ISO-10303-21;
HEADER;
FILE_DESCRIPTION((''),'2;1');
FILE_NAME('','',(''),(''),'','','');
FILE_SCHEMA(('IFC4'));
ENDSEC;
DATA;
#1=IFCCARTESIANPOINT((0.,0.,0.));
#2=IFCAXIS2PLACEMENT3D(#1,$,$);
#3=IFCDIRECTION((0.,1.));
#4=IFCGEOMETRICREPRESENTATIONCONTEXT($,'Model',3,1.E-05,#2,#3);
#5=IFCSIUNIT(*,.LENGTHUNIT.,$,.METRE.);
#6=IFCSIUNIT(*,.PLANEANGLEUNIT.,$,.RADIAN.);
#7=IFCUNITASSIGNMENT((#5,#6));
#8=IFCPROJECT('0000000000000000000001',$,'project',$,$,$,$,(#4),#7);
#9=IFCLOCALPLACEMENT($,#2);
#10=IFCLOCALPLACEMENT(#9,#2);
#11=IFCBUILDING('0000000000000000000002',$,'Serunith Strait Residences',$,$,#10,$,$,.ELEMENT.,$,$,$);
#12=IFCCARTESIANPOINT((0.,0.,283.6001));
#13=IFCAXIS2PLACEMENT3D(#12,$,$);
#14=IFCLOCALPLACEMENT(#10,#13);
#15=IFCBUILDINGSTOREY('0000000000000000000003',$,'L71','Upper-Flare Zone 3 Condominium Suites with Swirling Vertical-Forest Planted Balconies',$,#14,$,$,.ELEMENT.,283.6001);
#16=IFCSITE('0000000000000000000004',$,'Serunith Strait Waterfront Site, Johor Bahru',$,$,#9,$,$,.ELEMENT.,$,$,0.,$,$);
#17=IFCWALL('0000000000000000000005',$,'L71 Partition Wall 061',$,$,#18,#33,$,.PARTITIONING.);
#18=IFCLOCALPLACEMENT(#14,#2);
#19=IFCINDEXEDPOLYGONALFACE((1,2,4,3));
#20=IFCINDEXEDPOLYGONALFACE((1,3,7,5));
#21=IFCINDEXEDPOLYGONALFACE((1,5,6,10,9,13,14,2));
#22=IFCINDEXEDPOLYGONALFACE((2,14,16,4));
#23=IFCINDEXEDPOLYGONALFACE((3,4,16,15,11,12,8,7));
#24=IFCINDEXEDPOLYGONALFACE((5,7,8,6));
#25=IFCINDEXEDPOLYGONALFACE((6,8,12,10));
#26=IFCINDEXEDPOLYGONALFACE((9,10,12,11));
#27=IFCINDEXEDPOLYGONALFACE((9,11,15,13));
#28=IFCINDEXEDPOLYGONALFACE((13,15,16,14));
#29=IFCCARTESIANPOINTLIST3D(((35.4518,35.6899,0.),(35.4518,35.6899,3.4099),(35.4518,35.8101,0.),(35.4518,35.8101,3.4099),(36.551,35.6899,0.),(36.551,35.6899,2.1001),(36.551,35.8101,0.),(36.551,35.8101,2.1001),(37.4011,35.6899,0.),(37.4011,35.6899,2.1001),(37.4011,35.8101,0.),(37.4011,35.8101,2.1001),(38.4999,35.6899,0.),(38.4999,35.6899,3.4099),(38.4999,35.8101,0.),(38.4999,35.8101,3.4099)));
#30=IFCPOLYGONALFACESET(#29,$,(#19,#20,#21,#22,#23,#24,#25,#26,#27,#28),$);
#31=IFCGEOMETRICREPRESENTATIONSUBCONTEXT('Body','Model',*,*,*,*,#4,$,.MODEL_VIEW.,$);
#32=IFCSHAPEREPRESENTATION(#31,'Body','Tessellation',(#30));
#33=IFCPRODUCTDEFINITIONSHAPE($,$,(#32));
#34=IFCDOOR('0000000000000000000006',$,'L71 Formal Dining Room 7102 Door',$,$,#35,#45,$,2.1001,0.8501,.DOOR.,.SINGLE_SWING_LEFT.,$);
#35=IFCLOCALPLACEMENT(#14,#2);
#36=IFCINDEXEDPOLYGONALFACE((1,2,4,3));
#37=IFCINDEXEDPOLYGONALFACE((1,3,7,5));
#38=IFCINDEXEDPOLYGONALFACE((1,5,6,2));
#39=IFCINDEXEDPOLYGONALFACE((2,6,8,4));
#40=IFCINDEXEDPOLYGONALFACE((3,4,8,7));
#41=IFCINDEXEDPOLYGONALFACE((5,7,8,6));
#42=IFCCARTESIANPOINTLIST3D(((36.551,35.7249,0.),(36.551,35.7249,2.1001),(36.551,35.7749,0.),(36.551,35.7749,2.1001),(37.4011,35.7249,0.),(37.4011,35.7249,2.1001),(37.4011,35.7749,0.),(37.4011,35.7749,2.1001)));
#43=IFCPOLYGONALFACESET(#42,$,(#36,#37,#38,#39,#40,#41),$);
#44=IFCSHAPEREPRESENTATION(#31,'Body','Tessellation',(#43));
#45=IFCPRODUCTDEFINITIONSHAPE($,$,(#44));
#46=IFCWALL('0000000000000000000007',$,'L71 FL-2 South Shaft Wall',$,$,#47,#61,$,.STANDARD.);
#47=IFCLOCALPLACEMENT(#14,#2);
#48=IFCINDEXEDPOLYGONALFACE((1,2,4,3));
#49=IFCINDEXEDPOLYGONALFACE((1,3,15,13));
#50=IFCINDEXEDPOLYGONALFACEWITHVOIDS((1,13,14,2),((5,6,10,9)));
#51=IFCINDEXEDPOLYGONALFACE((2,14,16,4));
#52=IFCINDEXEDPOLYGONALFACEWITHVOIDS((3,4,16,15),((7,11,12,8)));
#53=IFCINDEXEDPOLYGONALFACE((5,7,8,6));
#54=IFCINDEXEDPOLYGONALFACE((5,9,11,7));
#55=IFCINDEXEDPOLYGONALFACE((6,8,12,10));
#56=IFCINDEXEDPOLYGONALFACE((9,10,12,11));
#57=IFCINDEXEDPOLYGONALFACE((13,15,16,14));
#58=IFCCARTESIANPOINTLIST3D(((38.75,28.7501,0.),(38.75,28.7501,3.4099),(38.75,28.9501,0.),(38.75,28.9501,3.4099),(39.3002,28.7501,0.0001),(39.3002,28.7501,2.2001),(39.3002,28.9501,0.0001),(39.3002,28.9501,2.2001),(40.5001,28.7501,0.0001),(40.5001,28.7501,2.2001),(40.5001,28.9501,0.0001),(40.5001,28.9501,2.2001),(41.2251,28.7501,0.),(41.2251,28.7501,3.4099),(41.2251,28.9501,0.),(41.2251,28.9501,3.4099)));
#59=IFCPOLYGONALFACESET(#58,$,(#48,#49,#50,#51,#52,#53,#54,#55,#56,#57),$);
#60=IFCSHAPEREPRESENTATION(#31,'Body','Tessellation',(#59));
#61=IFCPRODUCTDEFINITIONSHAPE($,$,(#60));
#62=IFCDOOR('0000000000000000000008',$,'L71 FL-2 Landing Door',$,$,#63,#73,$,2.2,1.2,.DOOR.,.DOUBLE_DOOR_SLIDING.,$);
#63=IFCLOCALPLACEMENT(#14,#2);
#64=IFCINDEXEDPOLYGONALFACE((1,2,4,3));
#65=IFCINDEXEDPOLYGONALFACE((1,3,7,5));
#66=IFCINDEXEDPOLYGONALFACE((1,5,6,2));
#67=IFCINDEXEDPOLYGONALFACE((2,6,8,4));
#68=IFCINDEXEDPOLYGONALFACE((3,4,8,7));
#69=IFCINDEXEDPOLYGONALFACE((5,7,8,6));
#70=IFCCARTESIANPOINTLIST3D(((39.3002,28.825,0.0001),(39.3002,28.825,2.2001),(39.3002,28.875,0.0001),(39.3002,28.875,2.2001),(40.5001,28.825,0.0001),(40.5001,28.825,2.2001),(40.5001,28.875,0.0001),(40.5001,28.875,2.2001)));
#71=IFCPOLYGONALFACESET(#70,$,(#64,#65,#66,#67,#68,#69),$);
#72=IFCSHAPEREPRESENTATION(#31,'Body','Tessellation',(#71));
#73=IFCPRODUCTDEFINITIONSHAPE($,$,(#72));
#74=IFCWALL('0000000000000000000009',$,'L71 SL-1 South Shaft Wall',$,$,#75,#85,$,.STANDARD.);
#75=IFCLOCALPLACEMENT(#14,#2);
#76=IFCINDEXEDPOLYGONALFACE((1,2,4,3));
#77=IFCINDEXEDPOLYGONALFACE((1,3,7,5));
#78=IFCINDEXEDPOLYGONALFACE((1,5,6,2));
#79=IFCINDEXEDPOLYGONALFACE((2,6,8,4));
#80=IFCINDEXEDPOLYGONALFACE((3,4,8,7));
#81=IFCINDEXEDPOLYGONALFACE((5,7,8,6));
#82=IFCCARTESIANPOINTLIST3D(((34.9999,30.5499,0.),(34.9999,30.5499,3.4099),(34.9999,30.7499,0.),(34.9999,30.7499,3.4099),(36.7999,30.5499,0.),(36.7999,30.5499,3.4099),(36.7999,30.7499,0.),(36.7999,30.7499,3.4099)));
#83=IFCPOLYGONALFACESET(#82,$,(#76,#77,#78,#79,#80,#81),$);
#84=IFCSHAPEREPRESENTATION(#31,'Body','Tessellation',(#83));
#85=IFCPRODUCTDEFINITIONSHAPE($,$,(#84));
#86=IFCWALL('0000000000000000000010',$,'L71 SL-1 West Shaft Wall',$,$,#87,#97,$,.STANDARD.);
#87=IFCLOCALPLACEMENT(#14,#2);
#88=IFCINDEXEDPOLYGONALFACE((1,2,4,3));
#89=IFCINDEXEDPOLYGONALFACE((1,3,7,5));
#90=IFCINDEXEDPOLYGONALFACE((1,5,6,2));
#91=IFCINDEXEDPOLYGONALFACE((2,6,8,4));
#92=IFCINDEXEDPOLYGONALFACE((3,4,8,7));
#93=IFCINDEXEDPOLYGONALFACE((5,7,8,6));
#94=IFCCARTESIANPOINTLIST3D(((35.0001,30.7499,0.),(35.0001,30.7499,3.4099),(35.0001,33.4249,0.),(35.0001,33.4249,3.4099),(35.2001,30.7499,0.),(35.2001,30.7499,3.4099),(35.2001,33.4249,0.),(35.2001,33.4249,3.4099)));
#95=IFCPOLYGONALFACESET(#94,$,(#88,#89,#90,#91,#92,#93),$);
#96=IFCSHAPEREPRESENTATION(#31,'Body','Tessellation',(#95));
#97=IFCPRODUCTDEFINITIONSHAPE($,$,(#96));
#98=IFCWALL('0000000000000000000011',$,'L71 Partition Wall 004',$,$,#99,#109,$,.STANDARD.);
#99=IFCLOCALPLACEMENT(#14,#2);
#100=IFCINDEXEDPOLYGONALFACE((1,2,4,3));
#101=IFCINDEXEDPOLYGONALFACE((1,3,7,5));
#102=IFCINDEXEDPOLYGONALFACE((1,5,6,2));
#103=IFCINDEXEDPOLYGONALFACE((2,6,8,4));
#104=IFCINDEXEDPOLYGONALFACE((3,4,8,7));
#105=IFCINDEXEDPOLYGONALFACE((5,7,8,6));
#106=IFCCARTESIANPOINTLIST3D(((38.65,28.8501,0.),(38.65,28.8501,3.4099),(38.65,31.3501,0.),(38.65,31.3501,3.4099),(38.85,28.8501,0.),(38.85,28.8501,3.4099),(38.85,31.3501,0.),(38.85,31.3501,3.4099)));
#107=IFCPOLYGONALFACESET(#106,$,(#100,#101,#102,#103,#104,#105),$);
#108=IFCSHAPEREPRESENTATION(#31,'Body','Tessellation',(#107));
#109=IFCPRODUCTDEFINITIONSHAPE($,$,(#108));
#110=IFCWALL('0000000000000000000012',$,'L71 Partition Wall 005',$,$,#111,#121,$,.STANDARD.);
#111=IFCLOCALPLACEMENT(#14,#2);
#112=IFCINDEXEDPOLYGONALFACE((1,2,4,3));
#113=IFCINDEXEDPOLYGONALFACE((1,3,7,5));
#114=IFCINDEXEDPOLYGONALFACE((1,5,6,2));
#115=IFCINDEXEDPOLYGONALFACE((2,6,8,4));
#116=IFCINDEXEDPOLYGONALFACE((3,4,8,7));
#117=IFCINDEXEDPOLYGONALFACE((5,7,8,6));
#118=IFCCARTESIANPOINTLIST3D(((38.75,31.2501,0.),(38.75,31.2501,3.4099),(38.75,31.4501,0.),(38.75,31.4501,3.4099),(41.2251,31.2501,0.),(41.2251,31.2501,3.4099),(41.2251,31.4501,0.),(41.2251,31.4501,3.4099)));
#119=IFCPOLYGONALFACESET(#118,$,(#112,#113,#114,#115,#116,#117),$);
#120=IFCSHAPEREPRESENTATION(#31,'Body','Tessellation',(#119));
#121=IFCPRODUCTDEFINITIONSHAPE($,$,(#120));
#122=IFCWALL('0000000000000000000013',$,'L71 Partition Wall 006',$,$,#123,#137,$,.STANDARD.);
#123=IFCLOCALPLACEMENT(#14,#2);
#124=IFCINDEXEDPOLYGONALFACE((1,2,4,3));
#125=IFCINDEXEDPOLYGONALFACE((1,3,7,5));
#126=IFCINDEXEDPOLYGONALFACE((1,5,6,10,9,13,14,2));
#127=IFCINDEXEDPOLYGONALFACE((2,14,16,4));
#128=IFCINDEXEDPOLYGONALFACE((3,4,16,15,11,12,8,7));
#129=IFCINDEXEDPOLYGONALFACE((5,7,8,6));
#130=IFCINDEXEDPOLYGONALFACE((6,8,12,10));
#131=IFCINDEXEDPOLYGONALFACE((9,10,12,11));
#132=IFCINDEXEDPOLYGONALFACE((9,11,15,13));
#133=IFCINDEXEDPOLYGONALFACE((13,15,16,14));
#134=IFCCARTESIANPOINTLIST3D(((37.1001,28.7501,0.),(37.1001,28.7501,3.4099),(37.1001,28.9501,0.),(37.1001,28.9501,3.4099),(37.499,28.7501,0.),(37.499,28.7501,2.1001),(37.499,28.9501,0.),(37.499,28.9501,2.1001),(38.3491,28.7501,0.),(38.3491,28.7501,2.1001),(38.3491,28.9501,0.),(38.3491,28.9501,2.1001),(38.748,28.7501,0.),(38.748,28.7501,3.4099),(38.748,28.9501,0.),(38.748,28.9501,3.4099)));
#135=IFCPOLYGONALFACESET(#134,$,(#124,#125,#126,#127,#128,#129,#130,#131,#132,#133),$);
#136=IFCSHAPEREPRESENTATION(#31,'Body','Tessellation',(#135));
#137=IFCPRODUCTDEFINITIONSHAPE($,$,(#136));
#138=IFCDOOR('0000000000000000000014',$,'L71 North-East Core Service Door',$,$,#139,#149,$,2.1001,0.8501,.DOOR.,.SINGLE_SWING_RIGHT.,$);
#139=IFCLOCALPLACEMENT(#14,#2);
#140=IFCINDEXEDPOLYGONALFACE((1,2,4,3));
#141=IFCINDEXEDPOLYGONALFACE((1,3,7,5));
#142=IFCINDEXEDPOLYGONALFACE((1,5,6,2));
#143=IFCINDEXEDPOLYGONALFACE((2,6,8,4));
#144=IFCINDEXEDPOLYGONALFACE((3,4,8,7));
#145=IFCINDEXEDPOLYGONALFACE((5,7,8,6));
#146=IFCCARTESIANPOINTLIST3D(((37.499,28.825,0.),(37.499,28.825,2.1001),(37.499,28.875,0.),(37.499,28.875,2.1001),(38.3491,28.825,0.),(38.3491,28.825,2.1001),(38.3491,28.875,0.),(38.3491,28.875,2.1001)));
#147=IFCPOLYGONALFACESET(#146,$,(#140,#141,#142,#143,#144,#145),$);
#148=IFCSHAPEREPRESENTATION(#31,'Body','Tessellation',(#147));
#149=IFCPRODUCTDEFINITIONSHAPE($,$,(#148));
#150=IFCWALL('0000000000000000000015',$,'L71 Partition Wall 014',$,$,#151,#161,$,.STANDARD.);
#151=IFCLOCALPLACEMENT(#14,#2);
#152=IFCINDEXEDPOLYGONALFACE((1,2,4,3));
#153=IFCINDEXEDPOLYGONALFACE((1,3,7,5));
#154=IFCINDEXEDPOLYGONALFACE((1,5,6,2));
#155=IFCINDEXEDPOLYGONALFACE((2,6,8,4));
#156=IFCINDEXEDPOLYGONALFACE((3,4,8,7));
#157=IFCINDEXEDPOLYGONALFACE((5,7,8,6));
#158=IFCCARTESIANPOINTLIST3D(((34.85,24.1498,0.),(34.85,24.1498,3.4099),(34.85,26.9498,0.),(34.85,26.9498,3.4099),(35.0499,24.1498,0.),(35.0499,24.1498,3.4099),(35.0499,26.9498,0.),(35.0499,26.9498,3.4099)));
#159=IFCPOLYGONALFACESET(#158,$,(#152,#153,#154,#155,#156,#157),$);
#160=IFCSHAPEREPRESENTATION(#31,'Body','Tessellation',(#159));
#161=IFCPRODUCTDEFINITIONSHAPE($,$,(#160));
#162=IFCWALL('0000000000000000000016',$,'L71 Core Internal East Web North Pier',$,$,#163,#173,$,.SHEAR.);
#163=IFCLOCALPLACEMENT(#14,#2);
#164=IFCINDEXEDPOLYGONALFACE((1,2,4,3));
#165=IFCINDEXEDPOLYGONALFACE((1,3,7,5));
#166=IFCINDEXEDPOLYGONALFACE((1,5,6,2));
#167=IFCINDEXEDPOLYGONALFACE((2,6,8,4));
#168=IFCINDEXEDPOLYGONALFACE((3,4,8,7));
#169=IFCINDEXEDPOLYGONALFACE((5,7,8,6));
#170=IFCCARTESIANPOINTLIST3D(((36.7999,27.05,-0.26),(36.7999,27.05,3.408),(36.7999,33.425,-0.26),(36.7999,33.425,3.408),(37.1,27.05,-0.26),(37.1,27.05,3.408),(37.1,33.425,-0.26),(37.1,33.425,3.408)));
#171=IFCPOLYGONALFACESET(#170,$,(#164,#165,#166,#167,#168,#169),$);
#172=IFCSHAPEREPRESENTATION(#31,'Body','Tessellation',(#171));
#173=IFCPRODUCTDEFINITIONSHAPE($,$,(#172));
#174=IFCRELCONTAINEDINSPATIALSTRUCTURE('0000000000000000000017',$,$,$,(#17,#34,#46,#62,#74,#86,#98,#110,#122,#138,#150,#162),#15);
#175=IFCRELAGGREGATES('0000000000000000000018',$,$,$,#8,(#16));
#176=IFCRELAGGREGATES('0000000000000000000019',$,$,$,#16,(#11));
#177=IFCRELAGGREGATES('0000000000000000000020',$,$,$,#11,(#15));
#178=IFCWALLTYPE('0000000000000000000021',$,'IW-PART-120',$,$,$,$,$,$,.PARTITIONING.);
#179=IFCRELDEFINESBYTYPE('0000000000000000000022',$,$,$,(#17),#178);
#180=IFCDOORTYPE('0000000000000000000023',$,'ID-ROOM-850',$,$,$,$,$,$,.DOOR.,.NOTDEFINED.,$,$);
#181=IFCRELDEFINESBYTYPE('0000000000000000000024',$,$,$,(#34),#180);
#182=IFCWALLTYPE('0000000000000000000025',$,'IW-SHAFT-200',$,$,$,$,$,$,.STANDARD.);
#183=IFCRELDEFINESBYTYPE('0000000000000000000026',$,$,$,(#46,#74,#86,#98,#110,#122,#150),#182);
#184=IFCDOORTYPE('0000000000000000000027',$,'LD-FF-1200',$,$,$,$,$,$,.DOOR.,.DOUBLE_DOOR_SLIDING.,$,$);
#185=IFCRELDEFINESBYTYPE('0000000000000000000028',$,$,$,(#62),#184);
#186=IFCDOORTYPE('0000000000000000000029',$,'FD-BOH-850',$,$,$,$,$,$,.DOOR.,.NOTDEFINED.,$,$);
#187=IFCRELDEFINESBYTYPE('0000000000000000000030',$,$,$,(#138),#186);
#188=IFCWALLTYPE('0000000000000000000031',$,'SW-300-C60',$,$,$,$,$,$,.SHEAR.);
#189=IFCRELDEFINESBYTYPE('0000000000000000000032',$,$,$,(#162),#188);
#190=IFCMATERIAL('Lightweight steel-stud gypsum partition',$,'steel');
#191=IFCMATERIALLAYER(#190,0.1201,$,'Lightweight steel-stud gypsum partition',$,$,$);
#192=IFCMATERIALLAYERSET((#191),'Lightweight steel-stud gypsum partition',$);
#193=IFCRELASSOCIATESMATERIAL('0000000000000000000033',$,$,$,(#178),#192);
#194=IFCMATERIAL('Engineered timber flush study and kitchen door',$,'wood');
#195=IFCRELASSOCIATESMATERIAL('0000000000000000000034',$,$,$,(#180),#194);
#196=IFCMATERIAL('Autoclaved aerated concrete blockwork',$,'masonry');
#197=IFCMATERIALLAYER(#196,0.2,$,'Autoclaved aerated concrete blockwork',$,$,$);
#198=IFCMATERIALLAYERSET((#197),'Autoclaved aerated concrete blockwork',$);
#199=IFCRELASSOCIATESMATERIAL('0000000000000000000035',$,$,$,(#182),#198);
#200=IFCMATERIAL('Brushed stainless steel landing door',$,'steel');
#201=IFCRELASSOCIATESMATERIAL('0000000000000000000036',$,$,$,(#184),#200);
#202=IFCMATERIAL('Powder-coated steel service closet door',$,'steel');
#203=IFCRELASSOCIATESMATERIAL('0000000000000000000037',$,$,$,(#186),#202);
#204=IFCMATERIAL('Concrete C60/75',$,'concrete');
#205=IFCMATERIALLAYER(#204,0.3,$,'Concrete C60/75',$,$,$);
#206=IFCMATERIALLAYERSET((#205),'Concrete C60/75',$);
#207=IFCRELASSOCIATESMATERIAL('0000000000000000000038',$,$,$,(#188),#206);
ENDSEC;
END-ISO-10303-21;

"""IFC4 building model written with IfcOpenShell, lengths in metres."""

from ifc_helpers import new_model, si_unit, direction, frame, frame_2d, origin, place, context, subcontext, project, spatial, rectangle, extrude, source, transform, mapped, material, layer, layer_set, type_object, element, fill, save


model = new_model("IFC4")

# Units and contexts
model_context = context("Model", 3, precision=1e-05, world=origin(), true_north=direction((0.0, 1.0)))
body_context = subcontext(model_context, "Body", "Model", "MODEL_VIEW")
ifc_project = project(units=[si_unit("LENGTHUNIT", "METRE"), si_unit("PLANEANGLEUNIT", "RADIAN")], contexts=[model_context])

# Site, building, storey
site_placement = place(None, origin())
site = spatial("IfcSite", under=ifc_project, at=site_placement, Name="Serunith Strait Waterfront Site, Johor Bahru", CompositionType="ELEMENT", RefElevation=0.0)
building_placement = place(site_placement, origin())
building = spatial("IfcBuilding", under=site, at=building_placement, Name="Serunith Strait Residences", CompositionType="ELEMENT")
storey_placement = place(building_placement, frame((0.0, 0.0, 283.6001)))
storey = spatial("IfcBuildingStorey", under=building, at=storey_placement, Name="L71", Description="Upper-Flare Zone 3 Condominium Suites with Swirling Vertical-Forest Planted Balconies", CompositionType="ELEMENT", Elevation=283.6001)

# Shared definitions
ifc_material_1 = material(Name="Lightweight steel-stud gypsum partition", Category="steel")
ifc_layer_1 = layer(ifc_material_1, 0.1201, Name="Lightweight steel-stud gypsum partition")
ifc_layer_set_1 = layer_set([ifc_layer_1], Name="Lightweight steel-stud gypsum partition")
wall_type_1 = type_object("IfcWallType", Name="IW-PART-120", PredefinedType="PARTITIONING", material=ifc_layer_set_1)
ifc_material_2 = material(Name="Engineered timber flush study and kitchen door", Category="wood")
door_type_1 = type_object("IfcDoorType", Name="ID-ROOM-850", OperationType="NOTDEFINED", PredefinedType="DOOR", material=ifc_material_2)
shared_shape_1 = source(origin(), body_context, "Body", "SweptSolid", [
    extrude(rectangle(XDim=0.8501, YDim=2.1001, at=frame_2d((0.425, 1.05))), frame((0.0, 0.0249, 0.0), z_axis=(0.0, -1.0, 0.0), x_axis=(1.0, 0.0, 0.0)), (0.0, 0.0, 1.0), 0.05),
])

# Walls, openings, doors
wall_1_placement = place(storey_placement, frame((35.4519, 35.75, 0.0), z_axis=(0.0, 0.0, 1.0), x_axis=(1.0, 0.0, 0.0)))
wall_1 = element("IfcWall", 1, at=wall_1_placement, inside=storey, type_object=wall_type_1, Name="L71 Partition Wall 061", PredefinedType="PARTITIONING", context=body_context, shape_type="SweptSolid", body=[
    extrude(rectangle(XDim=3.0481, YDim=0.1201, at=frame_2d((1.5239, 0.0))), origin(), (0.0, 0.0, 1.0), 3.4099),
])
opening_1_placement = place(wall_1_placement, frame((1.0991, 0.0, 0.0)))
opening_1 = element("IfcOpeningElement", 2, at=opening_1_placement, cuts=wall_1, PredefinedType="OPENING", context=body_context, shape_type="SweptSolid", body=[
    extrude(rectangle(XDim=0.8501, YDim=2.1001, at=frame_2d((0.425, 1.05))), frame((0.0, 0.0701, 0.0), z_axis=(0.0, -1.0, 0.0), x_axis=(1.0, 0.0, 0.0)), (0.0, 0.0, 1.0), 0.1401),
])
door_1_placement = place(opening_1_placement, origin())
door_1 = element("IfcDoor", 3, at=door_1_placement, inside=storey, type_object=door_type_1, Name="L71 Formal Dining Room 7102 Door", OperationType="SINGLE_SWING_LEFT", OverallHeight=2.1001, OverallWidth=0.8501, PredefinedType="DOOR", context=body_context, shape_type="MappedRepresentation", body=[
    mapped(shared_shape_1, transform((0.0, 0.0, 0.0), scale=1.0)),
])
fill(opening_1, door_1)
ifc_material_3 = material(Name="Autoclaved aerated concrete blockwork", Category="masonry")
ifc_layer_2 = layer(ifc_material_3, 0.2, Name="Autoclaved aerated concrete blockwork")
ifc_layer_set_2 = layer_set([ifc_layer_2], Name="Autoclaved aerated concrete blockwork")
wall_type_2 = type_object("IfcWallType", Name="IW-SHAFT-200", PredefinedType="STANDARD", material=ifc_layer_set_2)
wall_2_placement = place(storey_placement, frame((38.75, 28.8501, 0.0), z_axis=(0.0, 0.0, 1.0), x_axis=(1.0, 0.0, 0.0)))
wall_2 = element("IfcWall", 4, at=wall_2_placement, inside=storey, type_object=wall_type_2, Name="L71 FL-2 South Shaft Wall", PredefinedType="STANDARD", context=body_context, shape_type="SweptSolid", body=[
    extrude(rectangle(XDim=2.4751, YDim=0.2, at=frame_2d((1.2375, 0.0))), origin(), (0.0, 0.0, 1.0), 3.4099),
])
opening_2_placement = place(wall_2_placement, frame((0.55, 0.0, 0.0)))
opening_2 = element("IfcOpeningElement", 5, at=opening_2_placement, cuts=wall_2, PredefinedType="OPENING", context=body_context, shape_type="SweptSolid", body=[
    extrude(rectangle(XDim=1.2, YDim=2.2, at=frame_2d((0.6001, 1.1001))), frame((0.0, 0.1099, 0.0), z_axis=(0.0, -1.0, 0.0), x_axis=(1.0, 0.0, 0.0)), (0.0, 0.0, 1.0), 0.22),
])
ifc_material_4 = material(Name="Brushed stainless steel landing door", Category="steel")
door_type_2 = type_object("IfcDoorType", Name="LD-FF-1200", OperationType="DOUBLE_DOOR_SLIDING", PredefinedType="DOOR", material=ifc_material_4)
shared_shape_2 = source(origin(), body_context, "Body", "SweptSolid", [
    extrude(rectangle(XDim=1.2, YDim=2.2, at=frame_2d((0.6001, 1.1001))), frame((0.0, 0.0249, 0.0), z_axis=(0.0, -1.0, 0.0), x_axis=(1.0, 0.0, 0.0)), (0.0, 0.0, 1.0), 0.05),
])
door_2_placement = place(opening_2_placement, origin())
door_2 = element("IfcDoor", 6, at=door_2_placement, inside=storey, type_object=door_type_2, Name="L71 FL-2 Landing Door", OperationType="DOUBLE_DOOR_SLIDING", OverallHeight=2.2, OverallWidth=1.2, PredefinedType="DOOR", context=body_context, shape_type="MappedRepresentation", body=[
    mapped(shared_shape_2, transform((0.0, 0.0, 0.0), scale=1.0)),
])
fill(opening_2, door_2)

# Walls
wall_3_placement = place(storey_placement, frame((35.0, 30.6499, 0.0), z_axis=(0.0, 0.0, 1.0), x_axis=(1.0, 0.0, 0.0)))
element("IfcWall", 7, at=wall_3_placement, inside=storey, type_object=wall_type_2, Name="L71 SL-1 South Shaft Wall", PredefinedType="STANDARD", context=body_context, shape_type="SweptSolid", body=[
    extrude(rectangle(XDim=1.8, YDim=0.2, at=frame_2d((0.8999, 0.0))), origin(), (0.0, 0.0, 1.0), 3.4099),
])
wall_4_placement = place(storey_placement, frame((35.1001, 30.75, 0.0), z_axis=(0.0, 0.0, 1.0), x_axis=(0.0, 1.0, 0.0)))
element("IfcWall", 8, at=wall_4_placement, inside=storey, type_object=wall_type_2, Name="L71 SL-1 West Shaft Wall", PredefinedType="STANDARD", context=body_context, shape_type="SweptSolid", body=[
    extrude(rectangle(XDim=2.675, YDim=0.2, at=frame_2d((1.3374, 0.0))), origin(), (0.0, 0.0, 1.0), 3.4099),
])
wall_5_placement = place(storey_placement, frame((38.75, 28.8501, 0.0), z_axis=(0.0, 0.0, 1.0), x_axis=(0.0, 1.0, 0.0)))
element("IfcWall", 9, at=wall_5_placement, inside=storey, type_object=wall_type_2, Name="L71 Partition Wall 004", PredefinedType="STANDARD", context=body_context, shape_type="SweptSolid", body=[
    extrude(rectangle(XDim=2.5, YDim=0.2, at=frame_2d((1.25, 0.0))), origin(), (0.0, 0.0, 1.0), 3.4099),
])
wall_6_placement = place(storey_placement, frame((38.75, 31.3501, 0.0), z_axis=(0.0, 0.0, 1.0), x_axis=(1.0, 0.0, 0.0)))
element("IfcWall", 10, at=wall_6_placement, inside=storey, type_object=wall_type_2, Name="L71 Partition Wall 005", PredefinedType="STANDARD", context=body_context, shape_type="SweptSolid", body=[
    extrude(rectangle(XDim=2.4751, YDim=0.2, at=frame_2d((1.2375, 0.0))), origin(), (0.0, 0.0, 1.0), 3.4099),
])

# Wall, opening, door
wall_7_placement = place(storey_placement, frame((37.1001, 28.8501, 0.0), z_axis=(0.0, 0.0, 1.0), x_axis=(1.0, 0.0, 0.0)))
wall_7 = element("IfcWall", 11, at=wall_7_placement, inside=storey, type_object=wall_type_2, Name="L71 Partition Wall 006", PredefinedType="STANDARD", context=body_context, shape_type="SweptSolid", body=[
    extrude(rectangle(XDim=1.6479, YDim=0.2, at=frame_2d((0.824, 0.0))), origin(), (0.0, 0.0, 1.0), 3.4099),
])
opening_3_placement = place(wall_7_placement, frame((0.3989, 0.0, 0.0)))
opening_3 = element("IfcOpeningElement", 12, at=opening_3_placement, cuts=wall_7, PredefinedType="OPENING", context=body_context, shape_type="SweptSolid", body=[
    extrude(rectangle(XDim=0.8501, YDim=2.1001, at=frame_2d((0.425, 1.05))), frame((0.0, 0.1099, 0.0), z_axis=(0.0, -1.0, 0.0), x_axis=(1.0, 0.0, 0.0)), (0.0, 0.0, 1.0), 0.22),
])
ifc_material_5 = material(Name="Powder-coated steel service closet door", Category="steel")
door_type_3 = type_object("IfcDoorType", Name="FD-BOH-850", OperationType="NOTDEFINED", PredefinedType="DOOR", material=ifc_material_5)
door_3_placement = place(opening_3_placement, origin())
door_3 = element("IfcDoor", 13, at=door_3_placement, inside=storey, type_object=door_type_3, Name="L71 North-East Core Service Door", OperationType="SINGLE_SWING_RIGHT", OverallHeight=2.1001, OverallWidth=0.8501, PredefinedType="DOOR", context=body_context, shape_type="MappedRepresentation", body=[
    mapped(shared_shape_1, transform((0.0, 0.0, 0.0), scale=1.0)),
])
fill(opening_3, door_3)

# Walls
wall_8_placement = place(storey_placement, frame((34.95, 24.1499, 0.0), z_axis=(0.0, 0.0, 1.0), x_axis=(0.0, 1.0, 0.0)))
element("IfcWall", 14, at=wall_8_placement, inside=storey, type_object=wall_type_2, Name="L71 Partition Wall 014", PredefinedType="STANDARD", context=body_context, shape_type="SweptSolid", body=[
    extrude(rectangle(XDim=2.8, YDim=0.2, at=frame_2d((1.3999, 0.0))), origin(), (0.0, 0.0, 1.0), 3.4099),
])
ifc_material_6 = material(Name="Concrete C60/75", Category="concrete")
ifc_layer_3 = layer(ifc_material_6, 0.3, Name="Concrete C60/75")
ifc_layer_set_3 = layer_set([ifc_layer_3], Name="Concrete C60/75")
wall_type_3 = type_object("IfcWallType", Name="SW-300-C60", PredefinedType="SHEAR", material=ifc_layer_set_3)
wall_9_placement = place(storey_placement, frame((36.95, 27.05, -0.26), z_axis=(0.0, 0.0, 1.0), x_axis=(0.0, 1.0, 0.0)))
element("IfcWall", 15, at=wall_9_placement, inside=storey, type_object=wall_type_3, Name="L71 Core Internal East Web North Pier", PredefinedType="SHEAR", context=body_context, shape_type="SweptSolid", body=[
    extrude(rectangle(XDim=6.375, YDim=0.3, at=frame_2d((3.1875, 0.0))), origin(), (0.0, 0.0, 1.0), 3.668),
])

save(model, "model.ifc")
